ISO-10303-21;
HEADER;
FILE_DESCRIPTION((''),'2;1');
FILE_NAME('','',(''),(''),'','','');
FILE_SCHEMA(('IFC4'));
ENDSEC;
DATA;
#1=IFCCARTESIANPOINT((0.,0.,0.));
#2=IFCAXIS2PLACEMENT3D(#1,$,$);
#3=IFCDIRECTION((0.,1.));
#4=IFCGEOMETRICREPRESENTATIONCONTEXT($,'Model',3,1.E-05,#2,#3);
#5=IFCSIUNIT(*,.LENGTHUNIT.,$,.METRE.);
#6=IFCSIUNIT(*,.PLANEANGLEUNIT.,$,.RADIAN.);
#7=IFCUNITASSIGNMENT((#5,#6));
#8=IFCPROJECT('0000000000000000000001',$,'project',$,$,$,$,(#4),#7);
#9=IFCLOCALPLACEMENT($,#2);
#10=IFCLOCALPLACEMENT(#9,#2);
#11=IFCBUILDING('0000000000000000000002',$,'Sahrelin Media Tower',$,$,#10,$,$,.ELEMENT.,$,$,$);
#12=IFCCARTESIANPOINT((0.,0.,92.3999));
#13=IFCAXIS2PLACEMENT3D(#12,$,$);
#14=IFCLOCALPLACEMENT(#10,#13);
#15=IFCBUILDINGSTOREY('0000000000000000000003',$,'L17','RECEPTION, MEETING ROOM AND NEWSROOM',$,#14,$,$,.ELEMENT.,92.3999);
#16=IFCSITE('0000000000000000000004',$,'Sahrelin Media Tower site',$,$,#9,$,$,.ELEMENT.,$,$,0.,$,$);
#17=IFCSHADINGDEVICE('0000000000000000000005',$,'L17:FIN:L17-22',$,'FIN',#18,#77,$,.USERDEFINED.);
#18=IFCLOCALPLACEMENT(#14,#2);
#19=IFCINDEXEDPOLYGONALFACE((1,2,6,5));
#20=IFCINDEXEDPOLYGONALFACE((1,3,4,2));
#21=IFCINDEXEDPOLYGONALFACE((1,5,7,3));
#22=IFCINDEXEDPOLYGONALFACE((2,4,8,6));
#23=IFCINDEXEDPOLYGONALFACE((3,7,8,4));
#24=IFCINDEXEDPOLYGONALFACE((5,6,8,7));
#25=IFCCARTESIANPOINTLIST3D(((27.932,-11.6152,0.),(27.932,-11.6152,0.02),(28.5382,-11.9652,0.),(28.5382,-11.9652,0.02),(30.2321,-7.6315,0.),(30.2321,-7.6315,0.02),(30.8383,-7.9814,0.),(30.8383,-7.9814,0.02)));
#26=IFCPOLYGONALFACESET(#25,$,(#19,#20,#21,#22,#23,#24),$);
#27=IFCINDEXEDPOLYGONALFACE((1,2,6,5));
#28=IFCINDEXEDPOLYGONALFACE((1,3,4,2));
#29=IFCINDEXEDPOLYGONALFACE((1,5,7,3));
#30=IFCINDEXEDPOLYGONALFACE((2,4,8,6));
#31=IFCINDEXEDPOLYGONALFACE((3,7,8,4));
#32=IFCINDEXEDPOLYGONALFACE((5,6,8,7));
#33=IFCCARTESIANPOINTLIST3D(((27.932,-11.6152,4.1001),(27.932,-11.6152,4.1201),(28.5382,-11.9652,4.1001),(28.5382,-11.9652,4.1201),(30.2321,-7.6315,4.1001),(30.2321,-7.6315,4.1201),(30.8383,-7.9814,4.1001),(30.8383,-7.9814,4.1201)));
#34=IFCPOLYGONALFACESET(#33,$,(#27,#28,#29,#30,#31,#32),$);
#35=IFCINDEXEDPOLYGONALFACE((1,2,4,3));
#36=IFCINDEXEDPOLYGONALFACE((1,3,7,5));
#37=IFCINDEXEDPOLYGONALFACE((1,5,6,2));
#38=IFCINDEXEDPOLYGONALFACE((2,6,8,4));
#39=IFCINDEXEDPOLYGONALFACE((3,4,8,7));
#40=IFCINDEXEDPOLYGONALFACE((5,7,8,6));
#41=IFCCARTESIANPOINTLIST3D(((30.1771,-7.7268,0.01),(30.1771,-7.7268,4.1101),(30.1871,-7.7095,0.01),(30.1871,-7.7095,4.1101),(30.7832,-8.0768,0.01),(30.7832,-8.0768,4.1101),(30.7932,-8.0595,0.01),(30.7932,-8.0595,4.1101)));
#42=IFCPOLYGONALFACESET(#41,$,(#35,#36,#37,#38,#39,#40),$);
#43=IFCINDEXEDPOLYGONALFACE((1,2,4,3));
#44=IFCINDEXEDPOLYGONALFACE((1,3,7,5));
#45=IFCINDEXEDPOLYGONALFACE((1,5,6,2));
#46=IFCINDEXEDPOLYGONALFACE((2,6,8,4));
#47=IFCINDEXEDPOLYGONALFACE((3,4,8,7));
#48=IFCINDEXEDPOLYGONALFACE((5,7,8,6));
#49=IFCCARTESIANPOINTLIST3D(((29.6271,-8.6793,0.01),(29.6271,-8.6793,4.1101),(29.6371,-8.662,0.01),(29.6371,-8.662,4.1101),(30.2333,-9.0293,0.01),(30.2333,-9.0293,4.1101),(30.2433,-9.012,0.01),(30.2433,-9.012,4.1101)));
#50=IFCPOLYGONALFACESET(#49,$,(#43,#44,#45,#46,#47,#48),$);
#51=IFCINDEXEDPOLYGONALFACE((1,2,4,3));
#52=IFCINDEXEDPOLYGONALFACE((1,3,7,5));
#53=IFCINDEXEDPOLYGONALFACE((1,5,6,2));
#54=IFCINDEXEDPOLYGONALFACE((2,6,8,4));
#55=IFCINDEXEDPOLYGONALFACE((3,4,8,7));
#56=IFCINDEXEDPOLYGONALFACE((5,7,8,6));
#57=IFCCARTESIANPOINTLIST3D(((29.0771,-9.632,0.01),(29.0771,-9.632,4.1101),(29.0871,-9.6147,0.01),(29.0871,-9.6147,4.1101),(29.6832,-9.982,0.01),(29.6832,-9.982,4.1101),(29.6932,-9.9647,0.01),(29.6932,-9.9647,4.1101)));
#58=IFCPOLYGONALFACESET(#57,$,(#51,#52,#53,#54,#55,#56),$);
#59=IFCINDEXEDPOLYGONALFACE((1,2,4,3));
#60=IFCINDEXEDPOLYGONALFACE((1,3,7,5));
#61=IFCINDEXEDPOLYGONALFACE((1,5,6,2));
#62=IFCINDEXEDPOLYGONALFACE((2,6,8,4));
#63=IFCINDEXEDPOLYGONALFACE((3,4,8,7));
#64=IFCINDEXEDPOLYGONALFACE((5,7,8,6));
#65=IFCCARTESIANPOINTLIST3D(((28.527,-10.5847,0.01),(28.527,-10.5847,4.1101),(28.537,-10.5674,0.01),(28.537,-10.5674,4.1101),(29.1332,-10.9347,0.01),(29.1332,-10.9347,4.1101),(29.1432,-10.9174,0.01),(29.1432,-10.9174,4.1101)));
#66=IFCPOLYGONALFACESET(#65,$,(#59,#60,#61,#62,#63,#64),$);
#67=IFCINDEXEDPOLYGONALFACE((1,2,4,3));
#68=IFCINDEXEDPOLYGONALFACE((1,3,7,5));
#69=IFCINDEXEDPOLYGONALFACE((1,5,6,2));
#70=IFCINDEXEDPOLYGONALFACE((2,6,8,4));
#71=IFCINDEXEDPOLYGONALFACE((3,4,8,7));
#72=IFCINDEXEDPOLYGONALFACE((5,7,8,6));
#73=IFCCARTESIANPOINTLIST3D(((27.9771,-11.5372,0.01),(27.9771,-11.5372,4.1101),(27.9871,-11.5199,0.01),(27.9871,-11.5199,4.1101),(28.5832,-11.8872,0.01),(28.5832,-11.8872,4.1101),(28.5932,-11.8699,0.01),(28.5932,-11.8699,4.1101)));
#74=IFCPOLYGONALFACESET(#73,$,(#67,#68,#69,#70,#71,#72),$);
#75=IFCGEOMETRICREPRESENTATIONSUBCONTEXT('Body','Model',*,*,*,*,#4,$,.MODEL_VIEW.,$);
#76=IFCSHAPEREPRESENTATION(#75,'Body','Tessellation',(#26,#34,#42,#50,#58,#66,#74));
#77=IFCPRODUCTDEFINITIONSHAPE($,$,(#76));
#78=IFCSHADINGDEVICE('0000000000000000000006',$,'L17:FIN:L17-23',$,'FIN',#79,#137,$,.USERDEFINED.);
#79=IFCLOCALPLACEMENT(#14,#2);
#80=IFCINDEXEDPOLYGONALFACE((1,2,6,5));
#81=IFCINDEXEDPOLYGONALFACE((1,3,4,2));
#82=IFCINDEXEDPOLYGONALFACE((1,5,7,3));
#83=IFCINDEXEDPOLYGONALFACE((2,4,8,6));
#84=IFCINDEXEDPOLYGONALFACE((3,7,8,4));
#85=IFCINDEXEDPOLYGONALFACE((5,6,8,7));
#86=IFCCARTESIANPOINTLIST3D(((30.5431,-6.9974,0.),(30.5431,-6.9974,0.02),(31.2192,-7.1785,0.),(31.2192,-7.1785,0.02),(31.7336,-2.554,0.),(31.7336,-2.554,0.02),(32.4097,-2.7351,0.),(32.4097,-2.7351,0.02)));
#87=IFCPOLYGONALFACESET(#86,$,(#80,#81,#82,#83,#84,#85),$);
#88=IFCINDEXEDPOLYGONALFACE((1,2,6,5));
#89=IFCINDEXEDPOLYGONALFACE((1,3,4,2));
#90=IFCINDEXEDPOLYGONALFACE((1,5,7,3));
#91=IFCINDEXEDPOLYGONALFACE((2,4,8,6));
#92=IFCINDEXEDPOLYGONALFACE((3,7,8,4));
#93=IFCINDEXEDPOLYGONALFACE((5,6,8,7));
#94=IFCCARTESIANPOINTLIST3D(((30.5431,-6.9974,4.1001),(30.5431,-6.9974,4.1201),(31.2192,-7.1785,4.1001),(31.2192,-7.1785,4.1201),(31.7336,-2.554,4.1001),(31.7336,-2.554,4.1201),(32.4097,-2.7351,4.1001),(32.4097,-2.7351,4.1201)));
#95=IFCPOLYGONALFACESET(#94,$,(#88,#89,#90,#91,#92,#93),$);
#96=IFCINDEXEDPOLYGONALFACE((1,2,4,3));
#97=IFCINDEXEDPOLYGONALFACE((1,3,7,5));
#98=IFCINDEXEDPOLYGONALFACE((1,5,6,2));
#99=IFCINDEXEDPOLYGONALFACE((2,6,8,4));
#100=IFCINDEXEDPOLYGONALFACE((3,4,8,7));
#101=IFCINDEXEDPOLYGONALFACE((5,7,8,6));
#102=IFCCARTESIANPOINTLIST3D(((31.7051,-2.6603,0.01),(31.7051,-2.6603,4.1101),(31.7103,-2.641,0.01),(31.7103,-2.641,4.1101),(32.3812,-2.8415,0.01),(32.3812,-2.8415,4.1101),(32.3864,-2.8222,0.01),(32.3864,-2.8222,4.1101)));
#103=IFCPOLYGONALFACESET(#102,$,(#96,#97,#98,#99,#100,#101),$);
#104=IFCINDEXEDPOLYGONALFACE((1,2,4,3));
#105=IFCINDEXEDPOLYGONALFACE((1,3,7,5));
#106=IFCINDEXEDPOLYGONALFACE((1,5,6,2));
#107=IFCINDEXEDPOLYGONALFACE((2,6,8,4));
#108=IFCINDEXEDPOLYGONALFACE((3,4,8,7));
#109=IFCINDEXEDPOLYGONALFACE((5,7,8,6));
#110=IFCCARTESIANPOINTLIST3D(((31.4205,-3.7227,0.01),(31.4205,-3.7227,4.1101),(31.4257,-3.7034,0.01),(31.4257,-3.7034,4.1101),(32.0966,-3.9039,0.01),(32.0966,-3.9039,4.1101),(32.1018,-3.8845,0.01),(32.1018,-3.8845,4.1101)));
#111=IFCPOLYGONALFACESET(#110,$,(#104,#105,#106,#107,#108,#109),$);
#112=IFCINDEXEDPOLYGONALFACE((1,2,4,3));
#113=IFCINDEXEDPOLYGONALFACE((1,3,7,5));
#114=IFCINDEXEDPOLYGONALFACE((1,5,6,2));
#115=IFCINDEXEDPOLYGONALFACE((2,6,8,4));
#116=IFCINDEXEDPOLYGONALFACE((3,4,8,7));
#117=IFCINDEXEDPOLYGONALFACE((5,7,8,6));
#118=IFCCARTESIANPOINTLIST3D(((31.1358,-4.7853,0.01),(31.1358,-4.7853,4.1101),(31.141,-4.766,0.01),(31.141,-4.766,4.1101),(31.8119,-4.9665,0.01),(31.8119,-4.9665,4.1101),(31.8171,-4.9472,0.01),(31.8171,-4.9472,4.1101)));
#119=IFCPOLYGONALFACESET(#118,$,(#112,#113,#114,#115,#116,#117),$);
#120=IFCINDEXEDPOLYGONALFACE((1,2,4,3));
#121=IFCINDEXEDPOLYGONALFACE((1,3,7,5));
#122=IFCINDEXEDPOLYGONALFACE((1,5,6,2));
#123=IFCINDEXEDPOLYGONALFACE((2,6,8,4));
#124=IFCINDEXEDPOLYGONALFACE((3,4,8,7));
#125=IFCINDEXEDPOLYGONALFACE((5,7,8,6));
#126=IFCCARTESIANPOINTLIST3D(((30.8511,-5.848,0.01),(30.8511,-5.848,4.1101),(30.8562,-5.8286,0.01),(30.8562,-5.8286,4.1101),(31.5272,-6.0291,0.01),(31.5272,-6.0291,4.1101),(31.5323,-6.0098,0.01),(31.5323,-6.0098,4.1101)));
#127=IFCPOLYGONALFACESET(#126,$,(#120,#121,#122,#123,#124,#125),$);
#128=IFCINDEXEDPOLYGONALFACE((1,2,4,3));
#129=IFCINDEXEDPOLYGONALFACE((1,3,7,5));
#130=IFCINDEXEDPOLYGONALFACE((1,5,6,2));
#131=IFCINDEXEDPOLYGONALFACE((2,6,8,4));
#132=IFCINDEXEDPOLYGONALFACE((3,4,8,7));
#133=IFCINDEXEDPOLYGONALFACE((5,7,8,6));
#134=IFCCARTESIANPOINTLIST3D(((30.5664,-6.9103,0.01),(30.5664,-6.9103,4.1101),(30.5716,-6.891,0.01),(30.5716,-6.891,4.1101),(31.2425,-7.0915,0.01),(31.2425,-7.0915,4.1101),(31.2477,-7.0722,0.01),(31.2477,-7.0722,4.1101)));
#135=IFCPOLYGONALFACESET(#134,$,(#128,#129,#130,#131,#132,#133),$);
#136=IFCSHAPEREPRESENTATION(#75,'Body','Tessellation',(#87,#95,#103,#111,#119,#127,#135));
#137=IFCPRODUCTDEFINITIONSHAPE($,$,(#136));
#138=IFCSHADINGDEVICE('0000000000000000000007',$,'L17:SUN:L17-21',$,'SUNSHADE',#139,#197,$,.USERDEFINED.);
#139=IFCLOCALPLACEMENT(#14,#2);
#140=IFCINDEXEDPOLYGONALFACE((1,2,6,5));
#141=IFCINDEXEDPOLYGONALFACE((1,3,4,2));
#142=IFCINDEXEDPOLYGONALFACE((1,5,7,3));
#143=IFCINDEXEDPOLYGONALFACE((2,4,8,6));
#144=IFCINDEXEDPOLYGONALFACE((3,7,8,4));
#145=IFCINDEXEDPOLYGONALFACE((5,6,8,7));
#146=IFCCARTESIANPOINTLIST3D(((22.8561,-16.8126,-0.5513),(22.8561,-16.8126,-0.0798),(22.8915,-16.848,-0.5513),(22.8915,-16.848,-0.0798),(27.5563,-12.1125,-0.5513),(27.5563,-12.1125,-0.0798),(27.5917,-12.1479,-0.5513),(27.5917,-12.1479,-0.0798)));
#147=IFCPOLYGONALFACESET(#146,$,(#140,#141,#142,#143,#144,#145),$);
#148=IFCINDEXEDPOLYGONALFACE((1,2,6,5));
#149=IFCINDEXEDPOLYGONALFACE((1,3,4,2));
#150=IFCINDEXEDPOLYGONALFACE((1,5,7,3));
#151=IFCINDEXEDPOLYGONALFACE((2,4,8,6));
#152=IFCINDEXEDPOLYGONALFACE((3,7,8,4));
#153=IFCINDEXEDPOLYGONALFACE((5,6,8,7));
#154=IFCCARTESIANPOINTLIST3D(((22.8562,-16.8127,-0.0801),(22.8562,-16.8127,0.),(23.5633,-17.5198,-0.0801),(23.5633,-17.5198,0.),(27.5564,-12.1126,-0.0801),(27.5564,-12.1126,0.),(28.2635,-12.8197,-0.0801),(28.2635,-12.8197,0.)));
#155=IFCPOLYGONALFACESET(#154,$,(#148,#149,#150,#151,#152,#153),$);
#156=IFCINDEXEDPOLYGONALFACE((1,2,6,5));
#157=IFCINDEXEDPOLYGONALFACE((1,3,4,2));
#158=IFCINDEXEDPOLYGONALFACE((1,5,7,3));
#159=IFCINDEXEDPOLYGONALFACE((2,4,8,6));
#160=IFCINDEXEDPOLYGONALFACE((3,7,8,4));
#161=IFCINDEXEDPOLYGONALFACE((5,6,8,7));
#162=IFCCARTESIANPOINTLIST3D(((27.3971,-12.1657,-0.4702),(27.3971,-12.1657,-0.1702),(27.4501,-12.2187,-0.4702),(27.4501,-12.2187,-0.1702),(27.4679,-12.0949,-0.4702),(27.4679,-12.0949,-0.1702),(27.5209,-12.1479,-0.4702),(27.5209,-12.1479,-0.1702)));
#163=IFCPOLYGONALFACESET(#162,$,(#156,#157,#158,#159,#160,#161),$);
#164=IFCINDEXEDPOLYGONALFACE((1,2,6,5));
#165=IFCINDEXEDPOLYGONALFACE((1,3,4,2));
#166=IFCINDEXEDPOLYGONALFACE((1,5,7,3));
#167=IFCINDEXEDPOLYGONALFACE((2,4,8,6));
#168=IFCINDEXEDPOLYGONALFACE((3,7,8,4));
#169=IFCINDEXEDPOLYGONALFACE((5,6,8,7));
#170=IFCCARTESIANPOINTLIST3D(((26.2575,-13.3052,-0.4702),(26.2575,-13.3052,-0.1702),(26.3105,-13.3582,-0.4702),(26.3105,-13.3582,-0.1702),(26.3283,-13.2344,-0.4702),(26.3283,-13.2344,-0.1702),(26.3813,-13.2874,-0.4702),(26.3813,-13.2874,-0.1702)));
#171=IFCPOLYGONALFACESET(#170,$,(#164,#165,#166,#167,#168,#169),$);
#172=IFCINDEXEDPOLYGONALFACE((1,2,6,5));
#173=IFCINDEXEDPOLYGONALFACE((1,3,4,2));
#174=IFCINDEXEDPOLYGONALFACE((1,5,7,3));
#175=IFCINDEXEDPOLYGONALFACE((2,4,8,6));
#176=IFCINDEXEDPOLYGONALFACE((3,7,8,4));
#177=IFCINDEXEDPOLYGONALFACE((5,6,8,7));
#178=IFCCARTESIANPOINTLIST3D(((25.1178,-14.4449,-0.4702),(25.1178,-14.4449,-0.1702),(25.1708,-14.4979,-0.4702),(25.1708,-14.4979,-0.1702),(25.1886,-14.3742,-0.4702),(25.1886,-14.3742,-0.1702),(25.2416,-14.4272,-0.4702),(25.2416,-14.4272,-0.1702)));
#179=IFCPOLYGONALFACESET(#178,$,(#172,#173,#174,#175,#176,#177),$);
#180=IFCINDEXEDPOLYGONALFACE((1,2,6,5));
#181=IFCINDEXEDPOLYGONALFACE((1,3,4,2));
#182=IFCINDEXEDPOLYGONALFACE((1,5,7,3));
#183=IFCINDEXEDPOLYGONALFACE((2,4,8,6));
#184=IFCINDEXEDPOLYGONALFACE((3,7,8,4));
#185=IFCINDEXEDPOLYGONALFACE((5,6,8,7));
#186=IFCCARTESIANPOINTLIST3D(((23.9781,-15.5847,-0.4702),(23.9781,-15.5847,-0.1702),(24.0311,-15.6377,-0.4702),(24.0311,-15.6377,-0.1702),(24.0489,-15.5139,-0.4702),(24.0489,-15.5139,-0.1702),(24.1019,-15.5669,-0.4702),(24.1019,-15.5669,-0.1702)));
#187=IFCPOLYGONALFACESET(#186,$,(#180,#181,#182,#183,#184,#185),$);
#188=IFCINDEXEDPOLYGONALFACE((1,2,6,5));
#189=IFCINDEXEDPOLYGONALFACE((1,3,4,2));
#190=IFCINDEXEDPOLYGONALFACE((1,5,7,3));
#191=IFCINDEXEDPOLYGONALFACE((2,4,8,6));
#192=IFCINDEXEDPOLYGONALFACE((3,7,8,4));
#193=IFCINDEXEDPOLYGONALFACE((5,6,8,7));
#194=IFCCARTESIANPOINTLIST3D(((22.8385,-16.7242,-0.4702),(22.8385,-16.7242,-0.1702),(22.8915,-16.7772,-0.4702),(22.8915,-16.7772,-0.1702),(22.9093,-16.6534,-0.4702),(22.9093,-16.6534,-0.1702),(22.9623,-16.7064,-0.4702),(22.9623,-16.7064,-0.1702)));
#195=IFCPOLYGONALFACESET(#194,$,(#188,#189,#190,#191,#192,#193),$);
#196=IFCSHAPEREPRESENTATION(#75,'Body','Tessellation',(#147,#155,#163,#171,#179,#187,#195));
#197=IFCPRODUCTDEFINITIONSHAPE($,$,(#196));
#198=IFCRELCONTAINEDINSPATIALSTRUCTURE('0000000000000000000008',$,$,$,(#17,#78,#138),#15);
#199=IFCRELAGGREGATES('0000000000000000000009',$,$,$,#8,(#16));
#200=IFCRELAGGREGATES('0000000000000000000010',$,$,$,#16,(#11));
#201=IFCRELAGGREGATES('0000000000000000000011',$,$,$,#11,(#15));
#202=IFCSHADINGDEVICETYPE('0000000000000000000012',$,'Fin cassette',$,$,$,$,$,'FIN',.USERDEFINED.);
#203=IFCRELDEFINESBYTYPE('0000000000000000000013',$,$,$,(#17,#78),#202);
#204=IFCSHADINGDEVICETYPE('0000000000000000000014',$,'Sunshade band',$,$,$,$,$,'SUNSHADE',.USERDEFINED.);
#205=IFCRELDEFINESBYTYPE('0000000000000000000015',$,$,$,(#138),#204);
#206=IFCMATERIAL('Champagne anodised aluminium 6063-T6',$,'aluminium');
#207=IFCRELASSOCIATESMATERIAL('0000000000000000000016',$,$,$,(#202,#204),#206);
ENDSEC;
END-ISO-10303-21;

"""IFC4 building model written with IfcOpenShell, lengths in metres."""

from ifc_helpers import new_model, si_unit, direction, frame, origin, origin_2d, place, context, subcontext, project, spatial, rectangle, extrude, material, type_object, element, save


model = new_model("IFC4")

# Units and contexts
model_context = context("Model", 3, precision=1e-05, world=origin(), true_north=direction((0.0, 1.0)))
body_context = subcontext(model_context, "Body", "Model", "MODEL_VIEW")
ifc_project = project(units=[si_unit("LENGTHUNIT", "METRE"), si_unit("PLANEANGLEUNIT", "RADIAN")], contexts=[model_context])

# Site, building, storey
site_placement = place(None, origin())
site = spatial("IfcSite", under=ifc_project, at=site_placement, Name="Sahrelin Media Tower site", CompositionType="ELEMENT", RefElevation=0.0)
building_placement = place(site_placement, origin())
building = spatial("IfcBuilding", under=site, at=building_placement, Name="Sahrelin Media Tower", CompositionType="ELEMENT")
storey_placement = place(building_placement, frame((0.0, 0.0, 92.3999)))
storey = spatial("IfcBuildingStorey", under=building, at=storey_placement, Name="L17", Description="RECEPTION, MEETING ROOM AND NEWSROOM", CompositionType="ELEMENT", Elevation=92.3999)

# Shared definitions
ifc_material_1 = material(Name="Champagne anodised aluminium 6063-T6", Category="aluminium")

# Shading devices
shading_device_type_1 = type_object("IfcShadingDeviceType", Name="Fin cassette", ElementType="FIN", PredefinedType="USERDEFINED", material=ifc_material_1)
placement_1 = place(storey_placement, frame((25.1921, -14.4485, 0.0), z_axis=(0.0, 0.0, 1.0), x_axis=(-0.707107, -0.707107, 0.0)))
placement_2 = place(storey_placement, frame((29.0215, -9.5884, 0.0), z_axis=(0.0, 0.0, 1.0), x_axis=(-0.500011, -0.866019, 0.0)))
element("IfcShadingDevice", 1, at=placement_2, inside=storey, type_object=shading_device_type_1, Name="L17:FIN:L17-22", ObjectType="FIN", PredefinedType="USERDEFINED", context=body_context, shape_type="SweptSolid", body=[
    extrude(rectangle(XDim=4.6001, YDim=0.7, at=origin_2d()), frame((0.0, 0.4199, 0.0)), (0.0, 0.0, 1.0), 0.02),
    extrude(rectangle(XDim=4.6001, YDim=0.7, at=origin_2d()), frame((0.0, 0.4199, 4.1001)), (0.0, 0.0, 1.0), 0.02),
    extrude(rectangle(XDim=0.02, YDim=0.7, at=origin_2d()), frame((-2.2, 0.4199, 0.01), z_axis=(0.0, 0.0, 1.0), x_axis=(1.0, 0.0, 0.0)), (0.0, 0.0, 1.0), 4.1001),
    extrude(rectangle(XDim=0.02, YDim=0.7, at=origin_2d()), frame((-1.1001, 0.4199, 0.01), z_axis=(0.0, 0.0, 1.0), x_axis=(1.0, 0.0, 0.0)), (0.0, 0.0, 1.0), 4.1001),
    extrude(rectangle(XDim=0.02, YDim=0.7, at=origin_2d()), frame((0.0, 0.4199, 0.01), z_axis=(0.0, 0.0, 1.0), x_axis=(1.0, 0.0, 0.0)), (0.0, 0.0, 1.0), 4.1001),
    extrude(rectangle(XDim=0.02, YDim=0.7, at=origin_2d()), frame((1.1001, 0.4199, 0.01), z_axis=(0.0, 0.0, 1.0), x_axis=(1.0, 0.0, 0.0)), (0.0, 0.0, 1.0), 4.1001),
    extrude(rectangle(XDim=0.02, YDim=0.7, at=origin_2d()), frame((2.2, 0.4199, 0.01), z_axis=(0.0, 0.0, 1.0), x_axis=(1.0, 0.0, 0.0)), (0.0, 0.0, 1.0), 4.1001),
])
placement_3 = place(storey_placement, frame((31.0708, -4.7576, 0.0), z_axis=(0.0, 0.0, 1.0), x_axis=(-0.258808, -0.965929, 0.0)))
element("IfcShadingDevice", 2, at=placement_3, inside=storey, type_object=shading_device_type_1, Name="L17:FIN:L17-23", ObjectType="FIN", PredefinedType="USERDEFINED", context=body_context, shape_type="SweptSolid", body=[
    extrude(rectangle(XDim=4.6001, YDim=0.7, at=origin_2d()), frame((0.0, 0.4199, 0.0)), (0.0, 0.0, 1.0), 0.02),
    extrude(rectangle(XDim=4.6001, YDim=0.7, at=origin_2d()), frame((0.0, 0.4199, 4.1001)), (0.0, 0.0, 1.0), 0.02),
    extrude(rectangle(XDim=0.02, YDim=0.7, at=origin_2d()), frame((-2.2, 0.4199, 0.01), z_axis=(0.0, 0.0, 1.0), x_axis=(1.0, 0.0, 0.0)), (0.0, 0.0, 1.0), 4.1001),
    extrude(rectangle(XDim=0.02, YDim=0.7, at=origin_2d()), frame((-1.1001, 0.4199, 0.01), z_axis=(0.0, 0.0, 1.0), x_axis=(1.0, 0.0, 0.0)), (0.0, 0.0, 1.0), 4.1001),
    extrude(rectangle(XDim=0.02, YDim=0.7, at=origin_2d()), frame((0.0, 0.4199, 0.01), z_axis=(0.0, 0.0, 1.0), x_axis=(1.0, 0.0, 0.0)), (0.0, 0.0, 1.0), 4.1001),
    extrude(rectangle(XDim=0.02, YDim=0.7, at=origin_2d()), frame((1.1001, 0.4199, 0.01), z_axis=(0.0, 0.0, 1.0), x_axis=(1.0, 0.0, 0.0)), (0.0, 0.0, 1.0), 4.1001),
    extrude(rectangle(XDim=0.02, YDim=0.7, at=origin_2d()), frame((2.2, 0.4199, 0.01), z_axis=(0.0, 0.0, 1.0), x_axis=(1.0, 0.0, 0.0)), (0.0, 0.0, 1.0), 4.1001),
])
shading_device_type_2 = type_object("IfcShadingDeviceType", Name="Sunshade band", ElementType="SUNSHADE", PredefinedType="USERDEFINED", material=ifc_material_1)
element("IfcShadingDevice", 3, at=placement_1, inside=storey, type_object=shading_device_type_2, Name="L17:SUN:L17-21", ObjectType="SUNSHADE", PredefinedType="USERDEFINED", context=body_context, shape_type="SweptSolid", body=[
    extrude(rectangle(XDim=6.647, YDim=0.05, at=origin_2d()), frame((0.0, 0.0449, -0.5513)), (0.0, 0.0, 1.0), 0.4714),
    extrude(rectangle(XDim=6.647, YDim=1.0, at=origin_2d()), frame((0.0, 0.52, -0.0801)), (0.0, 0.0, 1.0), 0.0801),
    extrude(rectangle(XDim=0.1001, YDim=0.075, at=origin_2d()), frame((-3.2234, -0.0176, -0.4702)), (0.0, 0.0, 1.0), 0.3),
    extrude(rectangle(XDim=0.1001, YDim=0.075, at=origin_2d()), frame((-1.6118, -0.0176, -0.4702)), (0.0, 0.0, 1.0), 0.3),
    extrude(rectangle(XDim=0.1001, YDim=0.075, at=origin_2d()), frame((0.0, -0.0176, -0.4702)), (0.0, 0.0, 1.0), 0.3),
    extrude(rectangle(XDim=0.1001, YDim=0.075, at=origin_2d()), frame((1.6118, -0.0176, -0.4702)), (0.0, 0.0, 1.0), 0.3),
    extrude(rectangle(XDim=0.1001, YDim=0.075, at=origin_2d()), frame((3.2234, -0.0176, -0.4702)), (0.0, 0.0, 1.0), 0.3),
])

save(model, "model.ifc")
